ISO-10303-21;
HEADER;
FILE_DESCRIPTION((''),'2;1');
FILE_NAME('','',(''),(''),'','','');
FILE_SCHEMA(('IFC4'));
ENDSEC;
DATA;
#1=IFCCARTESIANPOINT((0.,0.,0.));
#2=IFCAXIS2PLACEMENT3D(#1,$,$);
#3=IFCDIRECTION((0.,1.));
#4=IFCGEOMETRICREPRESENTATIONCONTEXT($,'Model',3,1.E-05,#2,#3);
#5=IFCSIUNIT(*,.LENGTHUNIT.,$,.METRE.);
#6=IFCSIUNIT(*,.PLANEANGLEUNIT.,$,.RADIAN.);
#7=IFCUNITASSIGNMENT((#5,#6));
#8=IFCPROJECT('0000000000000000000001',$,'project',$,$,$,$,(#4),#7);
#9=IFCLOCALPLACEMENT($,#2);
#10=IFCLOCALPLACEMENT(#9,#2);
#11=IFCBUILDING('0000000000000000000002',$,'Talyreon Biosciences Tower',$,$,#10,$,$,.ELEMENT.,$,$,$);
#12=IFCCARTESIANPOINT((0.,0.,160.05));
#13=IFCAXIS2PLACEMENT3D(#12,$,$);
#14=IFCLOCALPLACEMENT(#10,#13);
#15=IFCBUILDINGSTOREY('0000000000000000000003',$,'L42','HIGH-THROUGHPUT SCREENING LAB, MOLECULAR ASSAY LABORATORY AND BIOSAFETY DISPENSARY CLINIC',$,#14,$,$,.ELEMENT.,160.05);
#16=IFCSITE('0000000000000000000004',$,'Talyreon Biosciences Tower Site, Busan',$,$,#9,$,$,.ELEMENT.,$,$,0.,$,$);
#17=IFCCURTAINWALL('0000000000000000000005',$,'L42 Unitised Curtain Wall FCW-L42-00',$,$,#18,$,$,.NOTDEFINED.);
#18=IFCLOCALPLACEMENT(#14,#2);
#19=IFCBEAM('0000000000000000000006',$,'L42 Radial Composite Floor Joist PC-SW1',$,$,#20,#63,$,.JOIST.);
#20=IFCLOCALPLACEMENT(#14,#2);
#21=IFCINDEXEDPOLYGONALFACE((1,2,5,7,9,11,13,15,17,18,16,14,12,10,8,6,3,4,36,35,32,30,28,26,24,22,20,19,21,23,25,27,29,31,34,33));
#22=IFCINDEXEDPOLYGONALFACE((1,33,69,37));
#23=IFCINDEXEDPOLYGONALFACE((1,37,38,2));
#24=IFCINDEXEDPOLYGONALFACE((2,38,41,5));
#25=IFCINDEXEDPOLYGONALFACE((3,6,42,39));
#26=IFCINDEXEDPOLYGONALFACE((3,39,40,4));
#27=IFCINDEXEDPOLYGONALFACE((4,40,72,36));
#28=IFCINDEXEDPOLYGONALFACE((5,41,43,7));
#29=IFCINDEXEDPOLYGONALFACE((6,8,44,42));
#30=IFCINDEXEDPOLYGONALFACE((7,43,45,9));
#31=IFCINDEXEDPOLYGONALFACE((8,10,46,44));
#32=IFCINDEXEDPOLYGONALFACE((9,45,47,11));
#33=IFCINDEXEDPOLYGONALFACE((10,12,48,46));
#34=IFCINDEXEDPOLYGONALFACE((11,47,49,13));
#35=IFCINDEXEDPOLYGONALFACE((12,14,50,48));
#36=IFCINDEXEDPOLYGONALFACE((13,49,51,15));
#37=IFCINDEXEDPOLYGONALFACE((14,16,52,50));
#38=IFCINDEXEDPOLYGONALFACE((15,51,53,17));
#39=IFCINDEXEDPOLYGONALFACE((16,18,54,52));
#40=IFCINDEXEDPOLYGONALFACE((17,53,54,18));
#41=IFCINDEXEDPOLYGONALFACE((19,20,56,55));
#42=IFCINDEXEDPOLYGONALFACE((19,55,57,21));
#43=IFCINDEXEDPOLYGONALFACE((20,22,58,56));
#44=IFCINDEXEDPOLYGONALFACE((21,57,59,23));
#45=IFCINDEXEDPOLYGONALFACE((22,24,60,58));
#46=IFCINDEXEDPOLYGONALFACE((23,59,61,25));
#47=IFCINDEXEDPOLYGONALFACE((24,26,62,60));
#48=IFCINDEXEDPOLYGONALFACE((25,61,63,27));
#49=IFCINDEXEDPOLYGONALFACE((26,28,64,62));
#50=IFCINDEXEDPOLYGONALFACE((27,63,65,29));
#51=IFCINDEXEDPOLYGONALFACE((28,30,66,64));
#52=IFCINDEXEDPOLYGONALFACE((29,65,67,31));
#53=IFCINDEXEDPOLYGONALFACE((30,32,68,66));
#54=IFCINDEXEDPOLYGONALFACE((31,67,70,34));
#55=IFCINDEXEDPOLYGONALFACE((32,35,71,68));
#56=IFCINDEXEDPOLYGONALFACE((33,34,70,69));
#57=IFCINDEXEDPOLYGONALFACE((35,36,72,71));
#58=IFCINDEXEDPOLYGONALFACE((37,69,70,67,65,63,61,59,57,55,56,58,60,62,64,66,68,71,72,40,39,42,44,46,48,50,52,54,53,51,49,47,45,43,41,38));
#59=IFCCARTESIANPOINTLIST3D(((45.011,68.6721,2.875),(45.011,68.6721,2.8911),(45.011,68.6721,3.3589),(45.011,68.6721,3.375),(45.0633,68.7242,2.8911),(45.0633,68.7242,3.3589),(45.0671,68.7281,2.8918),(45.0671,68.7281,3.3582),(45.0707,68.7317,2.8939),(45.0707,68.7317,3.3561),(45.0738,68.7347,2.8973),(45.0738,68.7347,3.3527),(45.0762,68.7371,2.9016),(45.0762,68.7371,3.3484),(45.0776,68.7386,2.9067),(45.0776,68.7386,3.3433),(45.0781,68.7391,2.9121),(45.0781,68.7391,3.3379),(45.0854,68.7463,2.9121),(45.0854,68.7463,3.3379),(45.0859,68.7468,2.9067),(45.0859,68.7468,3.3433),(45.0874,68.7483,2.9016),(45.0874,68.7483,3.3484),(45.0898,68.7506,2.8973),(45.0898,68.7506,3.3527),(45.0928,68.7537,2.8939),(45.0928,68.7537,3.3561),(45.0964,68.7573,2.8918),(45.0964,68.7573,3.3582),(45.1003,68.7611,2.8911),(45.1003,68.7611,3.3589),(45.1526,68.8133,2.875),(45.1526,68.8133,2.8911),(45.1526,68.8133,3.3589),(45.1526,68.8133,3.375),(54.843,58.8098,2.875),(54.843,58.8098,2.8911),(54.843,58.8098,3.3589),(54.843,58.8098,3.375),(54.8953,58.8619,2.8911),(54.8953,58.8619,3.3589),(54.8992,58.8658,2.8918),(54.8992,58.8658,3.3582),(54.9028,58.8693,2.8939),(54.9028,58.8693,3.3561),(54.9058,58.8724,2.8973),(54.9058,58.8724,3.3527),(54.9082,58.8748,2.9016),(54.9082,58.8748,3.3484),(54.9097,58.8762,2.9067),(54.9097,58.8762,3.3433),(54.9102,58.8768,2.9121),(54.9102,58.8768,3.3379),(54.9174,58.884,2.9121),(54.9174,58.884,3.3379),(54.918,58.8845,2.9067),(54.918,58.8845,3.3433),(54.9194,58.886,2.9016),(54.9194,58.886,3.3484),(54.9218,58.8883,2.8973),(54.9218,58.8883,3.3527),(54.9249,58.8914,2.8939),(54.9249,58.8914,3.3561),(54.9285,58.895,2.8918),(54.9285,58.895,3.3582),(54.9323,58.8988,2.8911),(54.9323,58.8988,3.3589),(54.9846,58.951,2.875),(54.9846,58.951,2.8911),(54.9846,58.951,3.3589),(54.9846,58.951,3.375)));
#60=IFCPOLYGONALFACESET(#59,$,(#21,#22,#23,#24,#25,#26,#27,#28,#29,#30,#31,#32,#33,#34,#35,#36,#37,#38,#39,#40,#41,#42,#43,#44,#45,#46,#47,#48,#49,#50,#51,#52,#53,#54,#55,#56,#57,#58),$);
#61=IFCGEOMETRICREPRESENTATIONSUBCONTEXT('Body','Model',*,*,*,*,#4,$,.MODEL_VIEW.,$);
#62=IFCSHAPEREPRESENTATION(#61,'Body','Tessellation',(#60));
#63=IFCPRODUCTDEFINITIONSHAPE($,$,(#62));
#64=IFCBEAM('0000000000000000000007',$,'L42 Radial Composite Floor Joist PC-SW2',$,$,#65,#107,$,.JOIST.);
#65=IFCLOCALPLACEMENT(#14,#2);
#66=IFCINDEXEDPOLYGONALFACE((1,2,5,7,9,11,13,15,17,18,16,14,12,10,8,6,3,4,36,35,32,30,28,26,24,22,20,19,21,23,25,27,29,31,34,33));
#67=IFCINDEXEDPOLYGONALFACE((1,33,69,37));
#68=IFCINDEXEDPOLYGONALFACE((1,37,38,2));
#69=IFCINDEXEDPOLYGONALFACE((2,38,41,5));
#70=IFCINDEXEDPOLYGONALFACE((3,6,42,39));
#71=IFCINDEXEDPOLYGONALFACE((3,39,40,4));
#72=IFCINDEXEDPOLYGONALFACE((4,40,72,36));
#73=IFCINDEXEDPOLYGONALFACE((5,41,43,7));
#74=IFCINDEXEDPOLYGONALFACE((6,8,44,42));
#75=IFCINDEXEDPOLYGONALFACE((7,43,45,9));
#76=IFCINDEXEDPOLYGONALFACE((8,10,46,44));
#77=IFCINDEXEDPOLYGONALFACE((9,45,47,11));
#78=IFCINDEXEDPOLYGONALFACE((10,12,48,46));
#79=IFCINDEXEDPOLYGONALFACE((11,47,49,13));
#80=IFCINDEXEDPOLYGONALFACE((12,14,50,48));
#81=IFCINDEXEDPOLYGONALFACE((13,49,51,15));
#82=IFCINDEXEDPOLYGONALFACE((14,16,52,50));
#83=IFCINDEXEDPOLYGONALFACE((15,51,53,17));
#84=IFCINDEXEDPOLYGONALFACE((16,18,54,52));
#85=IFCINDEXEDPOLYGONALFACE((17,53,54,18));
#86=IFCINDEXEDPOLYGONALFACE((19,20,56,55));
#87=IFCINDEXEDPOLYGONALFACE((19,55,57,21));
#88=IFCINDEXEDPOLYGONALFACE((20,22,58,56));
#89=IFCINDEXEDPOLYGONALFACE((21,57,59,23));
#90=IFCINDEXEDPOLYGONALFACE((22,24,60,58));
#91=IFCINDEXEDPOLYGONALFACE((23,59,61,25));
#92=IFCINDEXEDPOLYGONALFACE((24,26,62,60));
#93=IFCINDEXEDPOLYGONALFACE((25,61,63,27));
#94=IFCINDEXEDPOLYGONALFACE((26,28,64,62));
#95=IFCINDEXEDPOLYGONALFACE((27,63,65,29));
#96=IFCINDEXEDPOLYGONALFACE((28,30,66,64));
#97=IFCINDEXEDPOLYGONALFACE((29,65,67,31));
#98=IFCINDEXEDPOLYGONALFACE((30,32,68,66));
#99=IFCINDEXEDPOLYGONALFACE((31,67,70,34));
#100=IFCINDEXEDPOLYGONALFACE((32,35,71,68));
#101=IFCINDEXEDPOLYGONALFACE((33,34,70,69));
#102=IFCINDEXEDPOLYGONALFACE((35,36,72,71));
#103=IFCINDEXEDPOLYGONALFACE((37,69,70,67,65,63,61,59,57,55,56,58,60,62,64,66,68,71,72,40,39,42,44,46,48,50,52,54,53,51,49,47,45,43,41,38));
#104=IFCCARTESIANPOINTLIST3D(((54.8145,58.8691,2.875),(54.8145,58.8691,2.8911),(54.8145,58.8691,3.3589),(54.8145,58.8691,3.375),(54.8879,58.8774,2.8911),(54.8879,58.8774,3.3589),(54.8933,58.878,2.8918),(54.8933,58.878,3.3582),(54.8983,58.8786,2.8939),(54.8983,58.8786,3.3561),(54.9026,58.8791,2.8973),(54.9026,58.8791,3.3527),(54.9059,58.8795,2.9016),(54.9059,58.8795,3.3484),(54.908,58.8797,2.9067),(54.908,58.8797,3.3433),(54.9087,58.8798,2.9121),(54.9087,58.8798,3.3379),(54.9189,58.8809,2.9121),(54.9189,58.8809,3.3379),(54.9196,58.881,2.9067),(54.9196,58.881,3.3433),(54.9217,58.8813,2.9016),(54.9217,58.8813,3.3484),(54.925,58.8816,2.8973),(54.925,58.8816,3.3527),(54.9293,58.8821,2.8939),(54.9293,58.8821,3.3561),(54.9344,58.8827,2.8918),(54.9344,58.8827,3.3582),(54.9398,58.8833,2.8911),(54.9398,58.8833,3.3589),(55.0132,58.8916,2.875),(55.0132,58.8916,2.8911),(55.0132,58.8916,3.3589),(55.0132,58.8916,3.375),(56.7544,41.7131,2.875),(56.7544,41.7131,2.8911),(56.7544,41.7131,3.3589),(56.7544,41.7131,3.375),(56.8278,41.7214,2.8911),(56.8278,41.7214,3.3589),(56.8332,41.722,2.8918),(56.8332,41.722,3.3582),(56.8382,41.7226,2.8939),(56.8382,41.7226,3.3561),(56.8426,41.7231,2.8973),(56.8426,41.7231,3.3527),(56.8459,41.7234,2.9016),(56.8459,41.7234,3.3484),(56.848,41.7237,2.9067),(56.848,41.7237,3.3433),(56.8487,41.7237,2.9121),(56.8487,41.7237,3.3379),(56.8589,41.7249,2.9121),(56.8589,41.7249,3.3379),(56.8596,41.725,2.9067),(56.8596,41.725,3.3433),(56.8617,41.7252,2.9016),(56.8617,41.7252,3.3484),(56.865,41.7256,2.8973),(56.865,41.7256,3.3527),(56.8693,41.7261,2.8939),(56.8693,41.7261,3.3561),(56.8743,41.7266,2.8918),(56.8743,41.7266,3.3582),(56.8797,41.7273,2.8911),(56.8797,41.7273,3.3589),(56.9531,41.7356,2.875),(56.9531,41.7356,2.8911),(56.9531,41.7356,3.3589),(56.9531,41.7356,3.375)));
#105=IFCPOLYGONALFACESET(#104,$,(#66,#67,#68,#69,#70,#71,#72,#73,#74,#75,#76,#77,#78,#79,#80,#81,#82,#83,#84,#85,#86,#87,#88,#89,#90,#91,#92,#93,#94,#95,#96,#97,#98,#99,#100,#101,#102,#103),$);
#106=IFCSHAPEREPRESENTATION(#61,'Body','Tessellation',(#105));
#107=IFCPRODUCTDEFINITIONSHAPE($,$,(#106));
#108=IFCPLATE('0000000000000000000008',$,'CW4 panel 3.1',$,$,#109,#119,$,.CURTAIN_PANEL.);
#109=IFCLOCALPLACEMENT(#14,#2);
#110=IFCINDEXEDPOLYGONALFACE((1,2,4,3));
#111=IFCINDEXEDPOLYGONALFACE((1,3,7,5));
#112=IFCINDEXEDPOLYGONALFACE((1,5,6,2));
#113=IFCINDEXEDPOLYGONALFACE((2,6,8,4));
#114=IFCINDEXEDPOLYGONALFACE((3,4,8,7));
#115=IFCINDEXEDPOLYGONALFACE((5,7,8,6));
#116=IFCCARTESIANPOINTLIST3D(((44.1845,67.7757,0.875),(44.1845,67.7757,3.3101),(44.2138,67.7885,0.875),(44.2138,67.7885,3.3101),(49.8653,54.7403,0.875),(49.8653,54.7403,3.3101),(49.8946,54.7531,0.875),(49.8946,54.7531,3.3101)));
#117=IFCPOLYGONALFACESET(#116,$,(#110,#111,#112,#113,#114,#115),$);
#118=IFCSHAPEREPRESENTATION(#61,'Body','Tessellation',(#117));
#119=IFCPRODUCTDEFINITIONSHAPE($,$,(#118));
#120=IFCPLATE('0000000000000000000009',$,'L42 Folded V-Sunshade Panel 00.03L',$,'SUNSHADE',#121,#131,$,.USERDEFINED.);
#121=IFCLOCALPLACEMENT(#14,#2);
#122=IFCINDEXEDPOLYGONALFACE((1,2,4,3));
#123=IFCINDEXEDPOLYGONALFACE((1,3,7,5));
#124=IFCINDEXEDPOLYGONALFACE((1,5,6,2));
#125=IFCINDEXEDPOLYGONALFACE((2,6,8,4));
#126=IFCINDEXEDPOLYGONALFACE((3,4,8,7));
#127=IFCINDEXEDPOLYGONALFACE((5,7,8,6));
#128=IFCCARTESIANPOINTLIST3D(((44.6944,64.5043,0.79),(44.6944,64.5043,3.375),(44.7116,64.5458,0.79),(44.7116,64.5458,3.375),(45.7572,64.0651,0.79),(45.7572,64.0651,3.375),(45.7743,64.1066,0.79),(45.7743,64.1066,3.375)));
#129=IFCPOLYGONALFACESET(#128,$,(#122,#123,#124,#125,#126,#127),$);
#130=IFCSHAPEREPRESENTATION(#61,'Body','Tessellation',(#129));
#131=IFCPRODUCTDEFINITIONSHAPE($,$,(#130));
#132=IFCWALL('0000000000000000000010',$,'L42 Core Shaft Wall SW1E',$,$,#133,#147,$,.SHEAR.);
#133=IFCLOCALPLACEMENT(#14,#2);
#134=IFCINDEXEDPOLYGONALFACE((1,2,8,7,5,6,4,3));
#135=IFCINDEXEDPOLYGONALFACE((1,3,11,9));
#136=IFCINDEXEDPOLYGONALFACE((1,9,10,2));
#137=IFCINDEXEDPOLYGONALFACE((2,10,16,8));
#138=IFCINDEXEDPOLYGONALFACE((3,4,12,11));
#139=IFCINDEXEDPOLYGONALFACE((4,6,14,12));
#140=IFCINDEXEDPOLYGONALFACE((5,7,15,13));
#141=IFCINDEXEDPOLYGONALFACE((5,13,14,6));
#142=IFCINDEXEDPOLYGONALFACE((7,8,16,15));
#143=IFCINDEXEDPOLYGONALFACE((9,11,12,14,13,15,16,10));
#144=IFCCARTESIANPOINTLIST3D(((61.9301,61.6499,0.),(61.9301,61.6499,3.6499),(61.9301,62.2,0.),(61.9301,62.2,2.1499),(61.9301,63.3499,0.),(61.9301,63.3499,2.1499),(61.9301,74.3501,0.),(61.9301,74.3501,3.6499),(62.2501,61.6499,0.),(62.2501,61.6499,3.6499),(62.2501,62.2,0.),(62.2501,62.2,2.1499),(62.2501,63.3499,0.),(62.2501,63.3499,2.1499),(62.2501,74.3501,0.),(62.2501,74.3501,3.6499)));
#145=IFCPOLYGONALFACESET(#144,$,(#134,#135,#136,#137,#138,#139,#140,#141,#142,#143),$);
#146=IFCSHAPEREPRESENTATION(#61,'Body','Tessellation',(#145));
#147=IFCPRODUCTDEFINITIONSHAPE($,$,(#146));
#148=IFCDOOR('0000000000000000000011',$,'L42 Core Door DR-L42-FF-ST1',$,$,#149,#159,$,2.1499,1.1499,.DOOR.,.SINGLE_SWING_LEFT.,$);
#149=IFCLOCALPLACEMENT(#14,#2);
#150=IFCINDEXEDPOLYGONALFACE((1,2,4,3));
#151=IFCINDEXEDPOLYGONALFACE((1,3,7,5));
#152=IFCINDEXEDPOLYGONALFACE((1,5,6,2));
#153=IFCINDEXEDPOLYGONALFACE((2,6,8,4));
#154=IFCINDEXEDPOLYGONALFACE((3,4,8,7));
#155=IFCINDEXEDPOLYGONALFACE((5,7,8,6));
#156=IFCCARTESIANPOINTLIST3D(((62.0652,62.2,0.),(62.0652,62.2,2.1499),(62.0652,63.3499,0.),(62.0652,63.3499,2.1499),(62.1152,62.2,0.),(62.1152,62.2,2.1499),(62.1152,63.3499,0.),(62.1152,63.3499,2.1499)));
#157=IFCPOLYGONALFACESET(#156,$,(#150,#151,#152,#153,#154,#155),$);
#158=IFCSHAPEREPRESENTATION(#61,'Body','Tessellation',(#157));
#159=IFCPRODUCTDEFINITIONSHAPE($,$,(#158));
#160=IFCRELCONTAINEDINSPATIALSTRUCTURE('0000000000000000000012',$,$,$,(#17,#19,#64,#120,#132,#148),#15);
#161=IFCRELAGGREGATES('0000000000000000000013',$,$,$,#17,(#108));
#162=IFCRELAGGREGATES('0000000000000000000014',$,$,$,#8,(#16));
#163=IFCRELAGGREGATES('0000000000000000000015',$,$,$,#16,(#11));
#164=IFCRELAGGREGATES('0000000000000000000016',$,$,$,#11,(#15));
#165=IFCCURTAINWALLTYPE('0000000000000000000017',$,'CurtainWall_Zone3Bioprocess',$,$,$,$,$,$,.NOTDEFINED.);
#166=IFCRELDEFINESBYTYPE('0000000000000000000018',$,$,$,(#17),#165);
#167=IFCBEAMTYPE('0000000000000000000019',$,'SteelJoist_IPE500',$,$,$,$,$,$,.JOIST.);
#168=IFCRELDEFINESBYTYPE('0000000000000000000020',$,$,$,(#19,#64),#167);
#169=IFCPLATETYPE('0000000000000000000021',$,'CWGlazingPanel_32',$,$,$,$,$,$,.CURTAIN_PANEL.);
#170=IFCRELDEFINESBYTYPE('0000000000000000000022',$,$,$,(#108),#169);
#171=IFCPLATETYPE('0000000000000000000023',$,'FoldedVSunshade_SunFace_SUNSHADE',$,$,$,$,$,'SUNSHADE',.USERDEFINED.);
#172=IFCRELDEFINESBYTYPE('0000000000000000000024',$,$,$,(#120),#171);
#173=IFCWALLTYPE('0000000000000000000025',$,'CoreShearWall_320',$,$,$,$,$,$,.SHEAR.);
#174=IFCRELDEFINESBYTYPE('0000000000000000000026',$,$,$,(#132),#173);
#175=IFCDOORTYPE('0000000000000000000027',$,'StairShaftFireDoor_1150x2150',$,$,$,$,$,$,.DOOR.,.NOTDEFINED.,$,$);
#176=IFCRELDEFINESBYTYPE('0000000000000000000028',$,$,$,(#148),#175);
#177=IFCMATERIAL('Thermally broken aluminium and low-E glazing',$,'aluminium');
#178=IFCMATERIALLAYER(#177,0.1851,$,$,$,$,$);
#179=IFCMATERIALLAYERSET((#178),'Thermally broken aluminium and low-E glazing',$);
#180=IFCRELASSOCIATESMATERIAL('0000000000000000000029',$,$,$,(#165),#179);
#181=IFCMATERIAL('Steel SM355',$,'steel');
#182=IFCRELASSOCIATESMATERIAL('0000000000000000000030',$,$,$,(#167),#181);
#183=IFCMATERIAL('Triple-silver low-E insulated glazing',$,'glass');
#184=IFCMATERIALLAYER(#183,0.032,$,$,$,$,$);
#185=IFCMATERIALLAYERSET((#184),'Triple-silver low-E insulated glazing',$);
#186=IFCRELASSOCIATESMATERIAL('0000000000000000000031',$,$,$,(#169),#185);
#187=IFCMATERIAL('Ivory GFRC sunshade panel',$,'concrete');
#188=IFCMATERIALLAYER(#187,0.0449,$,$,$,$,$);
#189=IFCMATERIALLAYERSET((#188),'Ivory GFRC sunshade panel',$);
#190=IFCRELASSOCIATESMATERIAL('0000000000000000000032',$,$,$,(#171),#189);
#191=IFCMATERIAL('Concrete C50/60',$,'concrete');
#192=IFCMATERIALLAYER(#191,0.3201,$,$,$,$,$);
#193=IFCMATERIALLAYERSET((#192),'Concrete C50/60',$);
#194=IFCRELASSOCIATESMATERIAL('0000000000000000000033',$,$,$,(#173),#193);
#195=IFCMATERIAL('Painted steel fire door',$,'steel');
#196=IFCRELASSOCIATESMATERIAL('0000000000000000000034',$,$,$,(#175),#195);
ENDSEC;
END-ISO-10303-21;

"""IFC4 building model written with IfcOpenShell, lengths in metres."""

from ifc_helpers import new_model, si_unit, direction, frame, frame_2d, origin, origin_2d, place, context, subcontext, project, spatial, rectangle, i_section, extrude, material, layer, layer_set, material_profile, profile_set, type_object, element, fill, aggregate, save


model = new_model("IFC4")

# Units and contexts
model_context = context("Model", 3, precision=1e-05, world=origin(), true_north=direction((0.0, 1.0)))
body_context = subcontext(model_context, "Body", "Model", "MODEL_VIEW")
ifc_project = project(units=[si_unit("LENGTHUNIT", "METRE"), si_unit("PLANEANGLEUNIT", "RADIAN")], contexts=[model_context])

# Site, building, storey
site_placement = place(None, origin())
site = spatial("IfcSite", under=ifc_project, at=site_placement, Name="Talyreon Biosciences Tower Site, Busan", CompositionType="ELEMENT", RefElevation=0.0)
building_placement = place(site_placement, origin())
building = spatial("IfcBuilding", under=site, at=building_placement, Name="Talyreon Biosciences Tower", CompositionType="ELEMENT")
storey_placement = place(building_placement, frame((0.0, 0.0, 160.05)))
storey = spatial("IfcBuildingStorey", under=building, at=storey_placement, Name="L42", Description="HIGH-THROUGHPUT SCREENING LAB, MOLECULAR ASSAY LABORATORY AND BIOSAFETY DISPENSARY CLINIC", CompositionType="ELEMENT", Elevation=160.05)

# Shared definitions
ifc_material_1 = material(Name="Concrete C50/60", Category="concrete")

# Curtain wall
ifc_material_2 = material(Name="Thermally broken aluminium and low-E glazing", Category="aluminium")
ifc_layer_1 = layer(ifc_material_2, 0.1851)
ifc_layer_set_1 = layer_set([ifc_layer_1], Name="Thermally broken aluminium and low-E glazing")
curtain_wall_type = type_object("IfcCurtainWallType", Name="CurtainWall_Zone3Bioprocess", PredefinedType="NOTDEFINED", material=ifc_layer_set_1)
curtain_wall_placement = place(storey_placement, origin())
curtain_wall = element("IfcCurtainWall", 1, at=curtain_wall_placement, inside=storey, type_object=curtain_wall_type, Name="L42 Unitised Curtain Wall FCW-L42-00", PredefinedType="NOTDEFINED")

# Beams
ifc_material_3 = material(Name="Steel SM355", Category="steel")
ifc_material_profile_1 = material_profile(ifc_material_3, i_section(OverallWidth=0.2, OverallDepth=0.5, WebThickness=0.0103, FlangeThickness=0.0161, FilletRadius=0.021, at=origin_2d()), Name="IPE500")
ifc_profile_set_1 = profile_set([ifc_material_profile_1], Name="Steel SM355")
beam_type_1 = type_object("IfcBeamType", Name="SteelJoist_IPE500", PredefinedType="JOIST", material=ifc_profile_set_1)
beam_1_placement = place(storey_placement, frame((54.9138, 58.8804, 3.125), z_axis=(-0.706019, 0.708193, 0.0), x_axis=(-0.708193, -0.706019, 0.0)))
element("IfcBeam", 2, at=beam_1_placement, inside=storey, type_object=beam_type_1, Name="L42 Radial Composite Floor Joist PC-SW1", PredefinedType="JOIST", context=body_context, shape_type="SweptSolid", body=[
    extrude(i_section(OverallWidth=0.2, OverallDepth=0.5, WebThickness=0.0103, FlangeThickness=0.0161, FilletRadius=0.021, at=origin_2d()), origin(), (0.0, 0.0, 1.0), 13.926),
])
beam_2_placement = place(storey_placement, frame((54.9138, 58.8804, 3.125), z_axis=(0.11236, -0.993668, 0.0), x_axis=(0.993668, 0.11236, 0.0)))
element("IfcBeam", 3, at=beam_2_placement, inside=storey, type_object=beam_type_1, Name="L42 Radial Composite Floor Joist PC-SW2", PredefinedType="JOIST", context=body_context, shape_type="SweptSolid", body=[
    extrude(i_section(OverallWidth=0.2, OverallDepth=0.5, WebThickness=0.0103, FlangeThickness=0.0161, FilletRadius=0.021, at=origin_2d()), origin(), (0.0, 0.0, 1.0), 17.2654),
])

# Plates
ifc_material_4 = material(Name="Triple-silver low-E insulated glazing", Category="glass")
ifc_layer_2 = layer(ifc_material_4, 0.032)
ifc_layer_set_2 = layer_set([ifc_layer_2], Name="Triple-silver low-E insulated glazing")
plate_type_1 = type_object("IfcPlateType", Name="CWGlazingPanel_32", PredefinedType="CURTAIN_PANEL", material=ifc_layer_set_2)
plate_1_placement = place(storey_placement, frame((47.0396, 61.2644, 0.875), z_axis=(0.0, 0.0, 1.0), x_axis=(-0.399505, 0.916731, 0.0)))
plate_1 = element("IfcPlate", 4, at=plate_1_placement, type_object=plate_type_1, Name="CW4 panel 3.1", PredefinedType="CURTAIN_PANEL", context=body_context, shape_type="SweptSolid", body=[
    extrude(rectangle(XDim=14.2195, YDim=0.032, at=origin_2d()), origin(), (0.0, 0.0, 1.0), 2.4351),
])
aggregate(curtain_wall, [plate_1])
ifc_material_5 = material(Name="Ivory GFRC sunshade panel", Category="concrete")
ifc_layer_3 = layer(ifc_material_5, 0.0449)
ifc_layer_set_3 = layer_set([ifc_layer_3], Name="Ivory GFRC sunshade panel")
plate_type_2 = type_object("IfcPlateType", Name="FoldedVSunshade_SunFace_SUNSHADE", ElementType="SUNSHADE", PredefinedType="USERDEFINED", material=ifc_layer_set_3)
plate_2_placement = place(storey_placement, frame((45.2344, 64.3054, 0.79), z_axis=(0.0, 0.0, 1.0), x_axis=(-0.924193, 0.381925, 0.0)))
element("IfcPlate", 5, at=plate_2_placement, inside=storey, type_object=plate_type_2, Name="L42 Folded V-Sunshade Panel 00.03L", ObjectType="SUNSHADE", PredefinedType="USERDEFINED", context=body_context, shape_type="SweptSolid", body=[
    extrude(rectangle(XDim=1.1499, YDim=0.0449, at=origin_2d()), origin(), (0.0, 0.0, 1.0), 2.585),
])

# Wall, opening, door
ifc_layer_4 = layer(ifc_material_1, 0.3201)
ifc_layer_set_4 = layer_set([ifc_layer_4], Name="Concrete C50/60")
wall_type_1 = type_object("IfcWallType", Name="CoreShearWall_320", PredefinedType="SHEAR", material=ifc_layer_set_4)
wall_1_placement = place(storey_placement, frame((62.0901, 61.6499, 0.0), z_axis=(0.0, 0.0, 1.0), x_axis=(0.0, 1.0, 0.0)))
wall_1 = element("IfcWall", 6, at=wall_1_placement, inside=storey, type_object=wall_type_1, Name="L42 Core Shaft Wall SW1E", PredefinedType="SHEAR", context=body_context, shape_type="SweptSolid", body=[
    extrude(rectangle(XDim=12.7002, YDim=0.3201, at=frame_2d((6.3501, 0.0))), origin(), (0.0, 0.0, 1.0), 3.6499),
])
opening_1_placement = place(wall_1_placement, frame((0.55, 0.0, 0.0)))
opening_1 = element("IfcOpeningElement", 7, at=opening_1_placement, cuts=wall_1, PredefinedType="OPENING", context=body_context, shape_type="SweptSolid", body=[
    extrude(rectangle(XDim=1.1499, YDim=2.1499, at=frame_2d((0.575, 1.075))), frame((0.0, 0.1699, 0.0), z_axis=(0.0, -1.0, 0.0), x_axis=(1.0, 0.0, 0.0)), (0.0, 0.0, 1.0), 0.3401),
])
ifc_material_6 = material(Name="Painted steel fire door", Category="steel")
door_type_1 = type_object("IfcDoorType", Name="StairShaftFireDoor_1150x2150", OperationType="NOTDEFINED", PredefinedType="DOOR", material=ifc_material_6)
door_1_placement = place(opening_1_placement, origin())
door_1 = element("IfcDoor", 8, at=door_1_placement, inside=storey, type_object=door_type_1, Name="L42 Core Door DR-L42-FF-ST1", OperationType="SINGLE_SWING_LEFT", OverallHeight=2.1499, OverallWidth=1.1499, PredefinedType="DOOR", context=body_context, shape_type="SweptSolid", body=[
    extrude(rectangle(XDim=1.1499, YDim=2.1499, at=frame_2d((0.575, 1.075))), frame((0.0, 0.0249, 0.0), z_axis=(0.0, -1.0, 0.0), x_axis=(1.0, 0.0, 0.0)), (0.0, 0.0, 1.0), 0.05),
])
fill(opening_1, door_1)

save(model, "model.ifc")
